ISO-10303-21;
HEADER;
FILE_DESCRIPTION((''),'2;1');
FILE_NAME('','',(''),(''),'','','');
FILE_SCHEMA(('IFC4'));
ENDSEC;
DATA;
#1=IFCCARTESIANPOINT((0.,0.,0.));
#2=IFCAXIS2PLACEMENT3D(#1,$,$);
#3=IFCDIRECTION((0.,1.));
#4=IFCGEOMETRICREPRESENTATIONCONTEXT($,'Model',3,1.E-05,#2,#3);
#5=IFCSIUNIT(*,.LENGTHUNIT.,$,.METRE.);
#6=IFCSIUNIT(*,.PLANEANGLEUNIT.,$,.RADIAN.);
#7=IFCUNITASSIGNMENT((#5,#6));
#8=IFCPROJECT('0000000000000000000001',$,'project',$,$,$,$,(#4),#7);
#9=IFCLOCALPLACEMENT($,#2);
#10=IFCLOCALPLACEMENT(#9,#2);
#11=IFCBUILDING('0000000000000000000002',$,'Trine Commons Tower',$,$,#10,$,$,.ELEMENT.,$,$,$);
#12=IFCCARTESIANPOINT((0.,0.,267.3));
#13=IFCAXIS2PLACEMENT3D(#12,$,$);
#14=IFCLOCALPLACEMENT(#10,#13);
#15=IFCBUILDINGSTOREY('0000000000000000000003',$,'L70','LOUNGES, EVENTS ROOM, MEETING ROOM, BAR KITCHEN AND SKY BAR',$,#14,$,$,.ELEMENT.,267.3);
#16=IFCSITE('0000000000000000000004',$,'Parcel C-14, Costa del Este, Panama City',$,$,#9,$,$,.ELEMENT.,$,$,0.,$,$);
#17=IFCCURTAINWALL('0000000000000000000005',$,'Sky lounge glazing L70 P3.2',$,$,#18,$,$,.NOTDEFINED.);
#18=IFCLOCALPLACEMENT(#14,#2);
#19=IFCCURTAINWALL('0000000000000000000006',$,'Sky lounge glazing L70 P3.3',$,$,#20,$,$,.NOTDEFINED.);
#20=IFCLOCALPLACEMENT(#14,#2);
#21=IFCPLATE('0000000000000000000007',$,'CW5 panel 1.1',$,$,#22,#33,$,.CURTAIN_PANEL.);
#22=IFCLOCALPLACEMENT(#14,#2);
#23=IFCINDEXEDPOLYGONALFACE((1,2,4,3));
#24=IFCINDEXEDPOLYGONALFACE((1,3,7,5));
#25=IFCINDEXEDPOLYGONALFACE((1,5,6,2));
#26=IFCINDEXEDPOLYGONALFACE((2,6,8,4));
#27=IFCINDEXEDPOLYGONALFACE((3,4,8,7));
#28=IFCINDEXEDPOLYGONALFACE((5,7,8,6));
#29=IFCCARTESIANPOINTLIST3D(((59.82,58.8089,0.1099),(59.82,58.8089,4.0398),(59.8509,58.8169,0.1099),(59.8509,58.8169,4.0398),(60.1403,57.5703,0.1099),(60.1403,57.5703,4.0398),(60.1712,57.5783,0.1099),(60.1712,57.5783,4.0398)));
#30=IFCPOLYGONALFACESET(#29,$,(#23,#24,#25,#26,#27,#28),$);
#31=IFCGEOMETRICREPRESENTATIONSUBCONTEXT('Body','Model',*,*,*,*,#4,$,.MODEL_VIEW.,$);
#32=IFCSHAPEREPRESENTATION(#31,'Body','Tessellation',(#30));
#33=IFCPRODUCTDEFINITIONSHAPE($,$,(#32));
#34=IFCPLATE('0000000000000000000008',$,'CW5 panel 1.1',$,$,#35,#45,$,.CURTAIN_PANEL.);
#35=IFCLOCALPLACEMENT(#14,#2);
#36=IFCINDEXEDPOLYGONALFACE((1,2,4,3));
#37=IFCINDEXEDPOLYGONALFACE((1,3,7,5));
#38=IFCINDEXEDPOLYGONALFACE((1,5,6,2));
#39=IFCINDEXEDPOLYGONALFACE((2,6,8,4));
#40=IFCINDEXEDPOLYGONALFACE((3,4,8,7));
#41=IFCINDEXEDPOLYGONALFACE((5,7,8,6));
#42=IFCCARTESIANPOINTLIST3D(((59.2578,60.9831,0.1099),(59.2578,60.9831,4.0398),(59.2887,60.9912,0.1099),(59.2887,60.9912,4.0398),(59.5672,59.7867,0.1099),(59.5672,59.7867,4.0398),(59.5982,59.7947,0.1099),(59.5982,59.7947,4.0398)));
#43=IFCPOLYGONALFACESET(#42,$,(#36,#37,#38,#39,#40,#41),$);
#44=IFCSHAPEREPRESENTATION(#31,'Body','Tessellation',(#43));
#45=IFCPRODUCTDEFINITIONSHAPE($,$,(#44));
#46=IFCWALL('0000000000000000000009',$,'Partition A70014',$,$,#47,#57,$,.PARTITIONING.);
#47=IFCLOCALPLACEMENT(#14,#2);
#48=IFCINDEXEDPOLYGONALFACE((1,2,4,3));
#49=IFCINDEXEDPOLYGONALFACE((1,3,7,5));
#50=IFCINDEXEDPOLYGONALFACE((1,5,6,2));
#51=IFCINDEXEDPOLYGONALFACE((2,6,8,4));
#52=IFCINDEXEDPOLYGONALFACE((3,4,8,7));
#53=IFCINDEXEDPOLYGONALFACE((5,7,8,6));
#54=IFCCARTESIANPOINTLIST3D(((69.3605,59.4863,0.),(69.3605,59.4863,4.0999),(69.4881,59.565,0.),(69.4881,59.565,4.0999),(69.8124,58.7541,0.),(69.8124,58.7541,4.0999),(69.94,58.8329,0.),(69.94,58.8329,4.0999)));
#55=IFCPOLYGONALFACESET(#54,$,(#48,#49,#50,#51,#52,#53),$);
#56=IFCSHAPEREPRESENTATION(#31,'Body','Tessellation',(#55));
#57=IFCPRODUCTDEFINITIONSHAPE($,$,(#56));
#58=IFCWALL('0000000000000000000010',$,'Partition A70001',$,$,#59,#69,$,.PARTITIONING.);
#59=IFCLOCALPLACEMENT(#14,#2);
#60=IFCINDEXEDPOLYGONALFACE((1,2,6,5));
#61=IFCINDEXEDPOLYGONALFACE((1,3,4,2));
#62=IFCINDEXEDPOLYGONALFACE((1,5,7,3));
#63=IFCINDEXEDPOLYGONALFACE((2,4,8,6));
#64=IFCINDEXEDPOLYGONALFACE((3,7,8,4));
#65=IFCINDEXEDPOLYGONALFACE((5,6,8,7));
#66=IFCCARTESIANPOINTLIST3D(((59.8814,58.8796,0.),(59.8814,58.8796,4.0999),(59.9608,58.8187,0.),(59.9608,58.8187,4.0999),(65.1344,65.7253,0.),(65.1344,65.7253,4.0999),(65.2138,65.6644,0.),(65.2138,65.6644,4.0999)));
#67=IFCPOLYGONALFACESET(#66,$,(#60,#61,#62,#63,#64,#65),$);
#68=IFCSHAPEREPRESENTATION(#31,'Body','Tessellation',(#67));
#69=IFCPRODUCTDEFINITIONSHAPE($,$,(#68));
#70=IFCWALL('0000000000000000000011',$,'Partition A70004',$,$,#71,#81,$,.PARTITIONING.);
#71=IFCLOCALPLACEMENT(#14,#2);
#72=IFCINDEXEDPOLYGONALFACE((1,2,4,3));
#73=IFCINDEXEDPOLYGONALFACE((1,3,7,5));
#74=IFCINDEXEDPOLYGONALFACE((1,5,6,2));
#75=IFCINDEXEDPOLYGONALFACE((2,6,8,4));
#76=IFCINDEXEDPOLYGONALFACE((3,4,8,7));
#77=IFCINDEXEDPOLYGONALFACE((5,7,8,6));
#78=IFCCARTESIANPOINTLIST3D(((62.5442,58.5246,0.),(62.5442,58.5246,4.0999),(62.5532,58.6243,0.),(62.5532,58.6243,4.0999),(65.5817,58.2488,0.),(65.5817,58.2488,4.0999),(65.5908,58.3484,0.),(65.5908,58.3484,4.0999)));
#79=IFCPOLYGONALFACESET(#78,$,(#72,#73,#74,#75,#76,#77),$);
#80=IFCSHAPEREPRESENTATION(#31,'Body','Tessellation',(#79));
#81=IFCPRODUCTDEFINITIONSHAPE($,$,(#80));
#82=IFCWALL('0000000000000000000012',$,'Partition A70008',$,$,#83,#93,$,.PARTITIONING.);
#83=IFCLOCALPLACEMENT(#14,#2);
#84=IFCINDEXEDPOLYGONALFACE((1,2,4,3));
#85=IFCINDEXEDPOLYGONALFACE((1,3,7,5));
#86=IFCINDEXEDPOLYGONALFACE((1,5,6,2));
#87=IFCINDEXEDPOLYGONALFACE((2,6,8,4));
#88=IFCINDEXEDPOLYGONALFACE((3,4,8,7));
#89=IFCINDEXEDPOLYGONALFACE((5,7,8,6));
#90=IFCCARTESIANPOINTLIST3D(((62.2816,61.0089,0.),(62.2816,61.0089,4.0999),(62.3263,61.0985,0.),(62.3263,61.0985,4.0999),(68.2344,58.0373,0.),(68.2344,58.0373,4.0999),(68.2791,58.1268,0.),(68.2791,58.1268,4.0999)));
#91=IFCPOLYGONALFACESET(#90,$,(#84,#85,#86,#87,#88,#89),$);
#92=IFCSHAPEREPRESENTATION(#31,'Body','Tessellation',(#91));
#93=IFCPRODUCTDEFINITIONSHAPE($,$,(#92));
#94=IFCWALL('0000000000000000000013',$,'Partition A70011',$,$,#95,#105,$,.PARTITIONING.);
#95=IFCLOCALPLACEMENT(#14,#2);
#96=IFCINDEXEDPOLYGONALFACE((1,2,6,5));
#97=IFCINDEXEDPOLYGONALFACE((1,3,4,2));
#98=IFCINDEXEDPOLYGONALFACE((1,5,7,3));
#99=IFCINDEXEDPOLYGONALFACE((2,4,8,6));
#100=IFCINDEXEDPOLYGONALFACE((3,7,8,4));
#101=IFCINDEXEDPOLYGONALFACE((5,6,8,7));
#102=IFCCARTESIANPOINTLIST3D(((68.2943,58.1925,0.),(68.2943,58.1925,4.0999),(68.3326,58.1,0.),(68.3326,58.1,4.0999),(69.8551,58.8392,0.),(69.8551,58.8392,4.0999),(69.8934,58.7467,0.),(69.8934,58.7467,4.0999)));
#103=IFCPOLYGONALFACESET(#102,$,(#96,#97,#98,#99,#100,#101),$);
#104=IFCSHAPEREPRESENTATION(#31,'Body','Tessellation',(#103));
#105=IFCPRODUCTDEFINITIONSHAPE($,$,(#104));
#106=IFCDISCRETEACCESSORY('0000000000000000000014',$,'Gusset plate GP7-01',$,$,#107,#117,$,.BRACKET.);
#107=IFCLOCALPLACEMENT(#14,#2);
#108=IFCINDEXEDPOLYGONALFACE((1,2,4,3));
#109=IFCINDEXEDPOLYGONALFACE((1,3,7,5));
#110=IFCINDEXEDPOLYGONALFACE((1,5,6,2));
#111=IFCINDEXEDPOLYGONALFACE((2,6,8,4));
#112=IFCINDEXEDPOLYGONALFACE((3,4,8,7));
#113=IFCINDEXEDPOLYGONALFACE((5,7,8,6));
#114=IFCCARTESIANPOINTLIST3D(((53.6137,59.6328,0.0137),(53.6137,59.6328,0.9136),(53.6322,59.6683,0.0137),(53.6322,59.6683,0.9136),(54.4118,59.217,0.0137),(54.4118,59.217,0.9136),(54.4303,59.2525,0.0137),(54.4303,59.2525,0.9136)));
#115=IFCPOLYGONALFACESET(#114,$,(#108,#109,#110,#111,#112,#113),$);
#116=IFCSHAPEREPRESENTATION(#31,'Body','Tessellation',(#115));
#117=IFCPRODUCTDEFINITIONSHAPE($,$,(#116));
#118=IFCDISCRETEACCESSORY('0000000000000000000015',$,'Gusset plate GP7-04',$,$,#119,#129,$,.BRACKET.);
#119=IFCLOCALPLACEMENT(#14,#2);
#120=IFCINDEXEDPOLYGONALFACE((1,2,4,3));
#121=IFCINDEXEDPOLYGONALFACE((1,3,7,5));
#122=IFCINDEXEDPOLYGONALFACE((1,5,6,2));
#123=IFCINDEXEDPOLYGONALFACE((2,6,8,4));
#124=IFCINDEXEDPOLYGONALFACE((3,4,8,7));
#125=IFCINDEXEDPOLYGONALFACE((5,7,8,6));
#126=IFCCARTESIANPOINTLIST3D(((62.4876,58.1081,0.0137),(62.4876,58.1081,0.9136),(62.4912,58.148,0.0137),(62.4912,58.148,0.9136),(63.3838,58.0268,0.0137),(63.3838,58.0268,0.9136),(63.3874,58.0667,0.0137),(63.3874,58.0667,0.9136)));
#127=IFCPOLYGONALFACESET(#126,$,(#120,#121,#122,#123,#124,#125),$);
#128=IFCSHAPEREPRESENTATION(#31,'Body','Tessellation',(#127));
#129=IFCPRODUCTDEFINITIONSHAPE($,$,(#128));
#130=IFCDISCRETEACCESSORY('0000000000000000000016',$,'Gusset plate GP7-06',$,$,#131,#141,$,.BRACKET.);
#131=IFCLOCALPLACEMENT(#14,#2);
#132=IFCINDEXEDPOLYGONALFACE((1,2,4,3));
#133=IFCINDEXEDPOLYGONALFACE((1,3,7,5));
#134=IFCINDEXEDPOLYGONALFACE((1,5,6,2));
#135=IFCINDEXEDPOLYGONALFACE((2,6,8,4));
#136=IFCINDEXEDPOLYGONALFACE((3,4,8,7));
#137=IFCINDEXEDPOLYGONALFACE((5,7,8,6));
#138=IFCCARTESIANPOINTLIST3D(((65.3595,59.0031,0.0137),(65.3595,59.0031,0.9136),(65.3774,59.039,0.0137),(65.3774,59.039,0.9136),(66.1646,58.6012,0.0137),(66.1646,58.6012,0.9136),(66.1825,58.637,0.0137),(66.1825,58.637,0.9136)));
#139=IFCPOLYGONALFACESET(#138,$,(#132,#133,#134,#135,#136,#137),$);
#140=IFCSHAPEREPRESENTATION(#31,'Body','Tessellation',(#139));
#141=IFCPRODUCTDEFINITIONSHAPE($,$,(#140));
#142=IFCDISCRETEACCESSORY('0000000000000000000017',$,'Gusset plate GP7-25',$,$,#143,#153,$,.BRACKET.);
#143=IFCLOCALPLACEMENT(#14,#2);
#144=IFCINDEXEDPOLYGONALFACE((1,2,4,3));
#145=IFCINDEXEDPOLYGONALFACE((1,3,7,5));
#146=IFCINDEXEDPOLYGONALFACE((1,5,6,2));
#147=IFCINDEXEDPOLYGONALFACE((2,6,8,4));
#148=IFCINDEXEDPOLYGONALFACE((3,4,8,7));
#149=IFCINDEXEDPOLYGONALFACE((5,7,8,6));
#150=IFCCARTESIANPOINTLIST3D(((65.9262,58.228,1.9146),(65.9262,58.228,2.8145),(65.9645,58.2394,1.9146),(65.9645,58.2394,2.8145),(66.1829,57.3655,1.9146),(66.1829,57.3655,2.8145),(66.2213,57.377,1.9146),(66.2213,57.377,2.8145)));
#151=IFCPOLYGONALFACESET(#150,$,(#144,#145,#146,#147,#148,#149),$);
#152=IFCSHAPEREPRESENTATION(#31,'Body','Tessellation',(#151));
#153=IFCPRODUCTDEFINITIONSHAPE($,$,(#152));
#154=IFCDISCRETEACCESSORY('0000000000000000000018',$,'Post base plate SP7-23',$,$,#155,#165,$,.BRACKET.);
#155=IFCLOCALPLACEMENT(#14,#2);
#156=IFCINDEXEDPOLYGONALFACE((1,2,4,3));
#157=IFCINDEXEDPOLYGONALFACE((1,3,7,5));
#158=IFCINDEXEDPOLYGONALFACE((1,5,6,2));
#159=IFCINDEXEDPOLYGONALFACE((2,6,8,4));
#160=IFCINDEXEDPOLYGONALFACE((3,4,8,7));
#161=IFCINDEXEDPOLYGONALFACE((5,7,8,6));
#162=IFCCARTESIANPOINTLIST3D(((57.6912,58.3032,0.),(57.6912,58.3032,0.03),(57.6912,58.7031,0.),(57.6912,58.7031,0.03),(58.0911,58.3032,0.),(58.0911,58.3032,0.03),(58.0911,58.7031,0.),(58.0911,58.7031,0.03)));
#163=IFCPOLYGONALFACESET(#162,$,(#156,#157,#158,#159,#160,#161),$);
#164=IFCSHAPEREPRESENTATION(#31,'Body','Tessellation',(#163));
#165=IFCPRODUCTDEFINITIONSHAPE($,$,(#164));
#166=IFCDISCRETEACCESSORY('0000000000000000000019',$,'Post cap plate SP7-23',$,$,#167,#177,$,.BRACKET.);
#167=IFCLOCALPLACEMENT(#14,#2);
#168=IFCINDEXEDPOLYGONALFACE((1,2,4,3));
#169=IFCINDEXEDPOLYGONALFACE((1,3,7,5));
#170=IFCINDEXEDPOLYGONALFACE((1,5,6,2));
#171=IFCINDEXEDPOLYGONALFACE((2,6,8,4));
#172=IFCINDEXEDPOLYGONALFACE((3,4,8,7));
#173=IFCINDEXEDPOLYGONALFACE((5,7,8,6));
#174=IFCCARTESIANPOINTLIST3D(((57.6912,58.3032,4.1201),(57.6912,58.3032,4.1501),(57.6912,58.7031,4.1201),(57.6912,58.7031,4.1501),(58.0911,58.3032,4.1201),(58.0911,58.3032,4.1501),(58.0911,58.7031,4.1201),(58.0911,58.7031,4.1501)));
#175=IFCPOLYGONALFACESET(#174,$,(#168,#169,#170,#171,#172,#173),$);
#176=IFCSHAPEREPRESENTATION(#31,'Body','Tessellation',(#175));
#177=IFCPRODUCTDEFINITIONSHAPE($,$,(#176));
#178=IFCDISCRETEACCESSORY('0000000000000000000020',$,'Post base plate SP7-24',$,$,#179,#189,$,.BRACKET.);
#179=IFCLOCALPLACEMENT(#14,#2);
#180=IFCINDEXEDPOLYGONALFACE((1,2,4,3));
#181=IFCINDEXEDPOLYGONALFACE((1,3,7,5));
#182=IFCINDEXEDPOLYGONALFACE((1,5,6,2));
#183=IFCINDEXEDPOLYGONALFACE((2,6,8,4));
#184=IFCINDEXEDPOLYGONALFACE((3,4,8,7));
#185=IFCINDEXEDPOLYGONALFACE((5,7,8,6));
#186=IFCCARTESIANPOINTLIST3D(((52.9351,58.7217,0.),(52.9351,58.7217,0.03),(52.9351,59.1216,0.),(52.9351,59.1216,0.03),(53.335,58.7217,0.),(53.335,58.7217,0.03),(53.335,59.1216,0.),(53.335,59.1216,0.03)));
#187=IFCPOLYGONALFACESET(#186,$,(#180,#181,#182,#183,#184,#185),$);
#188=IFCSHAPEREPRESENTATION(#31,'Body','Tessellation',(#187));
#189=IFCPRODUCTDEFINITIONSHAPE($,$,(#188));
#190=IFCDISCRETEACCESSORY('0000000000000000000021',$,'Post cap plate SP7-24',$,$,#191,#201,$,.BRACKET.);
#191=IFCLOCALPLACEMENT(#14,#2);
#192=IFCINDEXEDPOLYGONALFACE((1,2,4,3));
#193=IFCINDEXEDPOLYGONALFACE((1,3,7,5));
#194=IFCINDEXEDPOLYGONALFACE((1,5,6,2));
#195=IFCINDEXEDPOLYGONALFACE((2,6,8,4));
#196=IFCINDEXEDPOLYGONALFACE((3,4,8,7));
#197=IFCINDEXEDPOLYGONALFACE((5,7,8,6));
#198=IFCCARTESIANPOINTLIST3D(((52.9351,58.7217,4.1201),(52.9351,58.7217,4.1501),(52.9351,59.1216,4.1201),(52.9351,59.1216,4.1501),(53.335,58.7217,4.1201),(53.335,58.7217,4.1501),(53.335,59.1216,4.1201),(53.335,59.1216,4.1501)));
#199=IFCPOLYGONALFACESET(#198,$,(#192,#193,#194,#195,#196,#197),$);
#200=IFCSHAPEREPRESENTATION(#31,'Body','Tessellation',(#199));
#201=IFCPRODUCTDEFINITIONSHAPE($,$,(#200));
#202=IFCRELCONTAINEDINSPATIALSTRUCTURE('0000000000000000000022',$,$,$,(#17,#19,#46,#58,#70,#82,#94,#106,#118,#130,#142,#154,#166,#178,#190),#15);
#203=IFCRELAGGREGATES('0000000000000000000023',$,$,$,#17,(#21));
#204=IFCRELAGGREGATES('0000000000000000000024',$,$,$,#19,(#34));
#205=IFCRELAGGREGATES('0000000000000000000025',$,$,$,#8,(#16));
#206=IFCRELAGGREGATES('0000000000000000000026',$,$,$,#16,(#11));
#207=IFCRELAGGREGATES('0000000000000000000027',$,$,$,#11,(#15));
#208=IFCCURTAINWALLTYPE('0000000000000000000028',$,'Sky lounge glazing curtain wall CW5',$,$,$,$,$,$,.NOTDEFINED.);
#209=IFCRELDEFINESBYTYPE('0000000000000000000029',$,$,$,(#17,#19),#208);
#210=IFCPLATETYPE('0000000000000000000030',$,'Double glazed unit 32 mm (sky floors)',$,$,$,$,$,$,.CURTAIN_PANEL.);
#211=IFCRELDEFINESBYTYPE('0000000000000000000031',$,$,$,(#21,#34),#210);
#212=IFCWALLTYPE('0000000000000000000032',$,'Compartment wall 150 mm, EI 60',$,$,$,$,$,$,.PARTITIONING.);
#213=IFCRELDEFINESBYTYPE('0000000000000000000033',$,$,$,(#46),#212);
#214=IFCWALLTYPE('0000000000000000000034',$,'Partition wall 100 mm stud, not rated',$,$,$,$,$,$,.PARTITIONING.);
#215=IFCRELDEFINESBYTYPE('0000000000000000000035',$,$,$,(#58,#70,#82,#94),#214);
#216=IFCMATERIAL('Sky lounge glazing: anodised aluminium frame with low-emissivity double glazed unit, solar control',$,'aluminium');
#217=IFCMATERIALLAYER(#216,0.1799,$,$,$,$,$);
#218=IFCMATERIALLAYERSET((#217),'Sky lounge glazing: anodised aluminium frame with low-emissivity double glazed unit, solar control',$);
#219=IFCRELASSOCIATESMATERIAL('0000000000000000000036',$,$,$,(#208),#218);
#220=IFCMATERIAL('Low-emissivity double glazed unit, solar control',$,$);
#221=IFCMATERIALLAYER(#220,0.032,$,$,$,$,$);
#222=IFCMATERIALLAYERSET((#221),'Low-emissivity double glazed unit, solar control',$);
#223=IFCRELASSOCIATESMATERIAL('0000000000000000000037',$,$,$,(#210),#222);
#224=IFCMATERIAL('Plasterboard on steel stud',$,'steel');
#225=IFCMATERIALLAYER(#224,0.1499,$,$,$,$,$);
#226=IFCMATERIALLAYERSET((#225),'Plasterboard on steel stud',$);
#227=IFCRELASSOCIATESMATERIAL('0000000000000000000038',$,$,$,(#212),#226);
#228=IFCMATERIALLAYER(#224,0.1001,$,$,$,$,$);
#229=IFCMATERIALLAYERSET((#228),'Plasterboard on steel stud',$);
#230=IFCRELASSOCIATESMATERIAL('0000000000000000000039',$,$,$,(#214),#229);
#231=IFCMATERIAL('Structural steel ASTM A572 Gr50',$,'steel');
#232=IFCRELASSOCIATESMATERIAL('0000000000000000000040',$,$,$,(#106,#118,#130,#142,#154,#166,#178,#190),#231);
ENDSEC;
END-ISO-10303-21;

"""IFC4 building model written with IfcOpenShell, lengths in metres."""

from ifc_helpers import new_model, si_unit, direction, frame, frame_2d, origin, origin_2d, place, context, subcontext, project, spatial, rectangle, extrude, material, layer, layer_set, type_object, element, aggregate, save


model = new_model("IFC4")

# Units and contexts
model_context = context("Model", 3, precision=1e-05, world=origin(), true_north=direction((0.0, 1.0)))
body_context = subcontext(model_context, "Body", "Model", "MODEL_VIEW")
ifc_project = project(units=[si_unit("LENGTHUNIT", "METRE"), si_unit("PLANEANGLEUNIT", "RADIAN")], contexts=[model_context])

# Site, building, storey
site_placement = place(None, origin())
site = spatial("IfcSite", under=ifc_project, at=site_placement, Name="Parcel C-14, Costa del Este, Panama City", CompositionType="ELEMENT", RefElevation=0.0)
building_placement = place(site_placement, origin())
building = spatial("IfcBuilding", under=site, at=building_placement, Name="Trine Commons Tower", CompositionType="ELEMENT")
storey_placement = place(building_placement, frame((0.0, 0.0, 267.3)))
storey = spatial("IfcBuildingStorey", under=building, at=storey_placement, Name="L70", Description="LOUNGES, EVENTS ROOM, MEETING ROOM, BAR KITCHEN AND SKY BAR", CompositionType="ELEMENT", Elevation=267.3)

# Curtain wall
ifc_material_1 = material(Name="Sky lounge glazing: anodised aluminium frame with low-emissivity double glazed unit, solar control", Category="aluminium")
ifc_layer_1 = layer(ifc_material_1, 0.1799)
ifc_layer_set_1 = layer_set([ifc_layer_1], Name="Sky lounge glazing: anodised aluminium frame with low-emissivity double glazed unit, solar control")
curtain_wall_type = type_object("IfcCurtainWallType", Name="Sky lounge glazing curtain wall CW5", PredefinedType="NOTDEFINED", material=ifc_layer_set_1)
curtain_wall_1_placement = place(storey_placement, origin())
curtain_wall_1 = element("IfcCurtainWall", 1, at=curtain_wall_1_placement, inside=storey, type_object=curtain_wall_type, Name="Sky lounge glazing L70 P3.2", PredefinedType="NOTDEFINED")

# Curtain wall
curtain_wall_2_placement = place(storey_placement, origin())
curtain_wall_2 = element("IfcCurtainWall", 2, at=curtain_wall_2_placement, inside=storey, type_object=curtain_wall_type, Name="Sky lounge glazing L70 P3.3", PredefinedType="NOTDEFINED")

# Plates
ifc_material_2 = material(Name="Low-emissivity double glazed unit, solar control")
ifc_layer_2 = layer(ifc_material_2, 0.032)
ifc_layer_set_2 = layer_set([ifc_layer_2], Name="Low-emissivity double glazed unit, solar control")
plate_type = type_object("IfcPlateType", Name="Double glazed unit 32 mm (sky floors)", PredefinedType="CURTAIN_PANEL", material=ifc_layer_set_2)
plate_1_placement = place(storey_placement, frame((59.9956, 58.1936, 0.1099), z_axis=(0.0, 0.0, 1.0), x_axis=(-0.25038, 0.968148, 0.0)))
plate_1 = element("IfcPlate", 3, at=plate_1_placement, type_object=plate_type, Name="CW5 panel 1.1", PredefinedType="CURTAIN_PANEL", context=body_context, shape_type="SweptSolid", body=[
    extrude(rectangle(XDim=1.2793, YDim=0.032, at=origin_2d()), origin(), (0.0, 0.0, 1.0), 3.9299),
])
aggregate(curtain_wall_1, [plate_1])
plate_2_placement = place(storey_placement, frame((59.428, 60.3889, 0.1099), z_axis=(0.0, 0.0, 1.0), x_axis=(-0.25038, 0.968148, 0.0)))
plate_2 = element("IfcPlate", 4, at=plate_2_placement, type_object=plate_type, Name="CW5 panel 1.1", PredefinedType="CURTAIN_PANEL", context=body_context, shape_type="SweptSolid", body=[
    extrude(rectangle(XDim=1.2358, YDim=0.032, at=origin_2d()), origin(), (0.0, 0.0, 1.0), 3.9299),
])
aggregate(curtain_wall_2, [plate_2])

# Walls
ifc_material_3 = material(Name="Plasterboard on steel stud", Category="steel")
ifc_layer_3 = layer(ifc_material_3, 0.1499)
ifc_layer_set_3 = layer_set([ifc_layer_3], Name="Plasterboard on steel stud")
wall_type_1 = type_object("IfcWallType", Name="Compartment wall 150 mm, EI 60", PredefinedType="PARTITIONING", material=ifc_layer_set_3)
wall_1_placement = place(storey_placement, frame((69.4243, 59.5256, 0.0), z_axis=(0.0, 0.0, 1.0), x_axis=(0.525221, -0.850966, 0.0)))
element("IfcWall", 5, at=wall_1_placement, inside=storey, type_object=wall_type_1, Name="Partition A70014", PredefinedType="PARTITIONING", context=body_context, shape_type="SweptSolid", body=[
    extrude(rectangle(XDim=0.8604, YDim=0.1499, at=frame_2d((0.4302, 0.0))), origin(), (0.0, 0.0, 1.0), 4.0999),
])
ifc_layer_4 = layer(ifc_material_3, 0.1001)
ifc_layer_set_4 = layer_set([ifc_layer_4], Name="Plasterboard on steel stud")
wall_type_2 = type_object("IfcWallType", Name="Partition wall 100 mm stud, not rated", PredefinedType="PARTITIONING", material=ifc_layer_set_4)
wall_2_placement = place(storey_placement, frame((59.9211, 58.8491, 0.0), z_axis=(0.0, 0.0, 1.0), x_axis=(0.608764, 0.793351, 0.0)))
element("IfcWall", 6, at=wall_2_placement, inside=storey, type_object=wall_type_2, Name="Partition A70001", PredefinedType="PARTITIONING", context=body_context, shape_type="SweptSolid", body=[
    extrude(rectangle(XDim=8.6289, YDim=0.1001, at=frame_2d((4.3145, 0.0))), origin(), (0.0, 0.0, 1.0), 4.0999),
])
wall_3_placement = place(storey_placement, frame((62.5488, 58.5745, 0.0), z_axis=(0.0, 0.0, 1.0), x_axis=(0.995901, -0.090449, 0.0)))
element("IfcWall", 7, at=wall_3_placement, inside=storey, type_object=wall_type_2, Name="Partition A70004", PredefinedType="PARTITIONING", context=body_context, shape_type="SweptSolid", body=[
    extrude(rectangle(XDim=3.05, YDim=0.1001, at=frame_2d((1.5249, 0.0))), origin(), (0.0, 0.0, 1.0), 4.0999),
])
wall_4_placement = place(storey_placement, frame((62.304, 61.0537, 0.0), z_axis=(0.0, 0.0, 1.0), x_axis=(0.894713, -0.446641, 0.0)))
element("IfcWall", 8, at=wall_4_placement, inside=storey, type_object=wall_type_2, Name="Partition A70008", PredefinedType="PARTITIONING", context=body_context, shape_type="SweptSolid", body=[
    extrude(rectangle(XDim=6.6533, YDim=0.1001, at=frame_2d((3.3267, 0.0))), origin(), (0.0, 0.0, 1.0), 4.0999),
])
wall_5_placement = place(storey_placement, frame((68.3135, 58.1462, 0.0), z_axis=(0.0, 0.0, 1.0), x_axis=(0.923832, 0.382798, 0.0)))
element("IfcWall", 9, at=wall_5_placement, inside=storey, type_object=wall_type_2, Name="Partition A70011", PredefinedType="PARTITIONING", context=body_context, shape_type="SweptSolid", body=[
    extrude(rectangle(XDim=1.6895, YDim=0.1001, at=frame_2d((0.8447, 0.0))), origin(), (0.0, 0.0, 1.0), 4.0999),
])

# Discrete accessories
ifc_material_4 = material(Name="Structural steel ASTM A572 Gr50", Category="steel")
for number, where, z_axis, x_axis, name in (
    (10, (54.022, 59.4426, 0.0137), (0.0, 0.0, 1.0), (0.886866, -0.462027, 0.0), "Gusset plate GP7-01"),
    (11, (62.9375, 58.0874, 0.0137), (0.0, 0.0, 1.0), (0.995905, -0.090407, 0.0), "Gusset plate GP7-04"),
    (12, (65.771, 58.8201, 0.0137), (0.0, 0.0, 1.0), (0.894708, -0.446651, 0.0), "Gusset plate GP7-06"),
    (13, (66.0737, 57.8025, 1.9146), (0.0, 0.0, 1.0), (0.28532, -0.958432, 0.0), "Gusset plate GP7-25"),
):
    element("IfcDiscreteAccessory", number, at=place(storey_placement, frame(where, z_axis=z_axis, x_axis=x_axis)), inside=storey, material=ifc_material_4, Name=name, PredefinedType="BRACKET", context=body_context, shape_type="SweptSolid", body=[
        extrude(rectangle(XDim=0.8999, YDim=0.04, at=origin_2d()), origin(), (0.0, 0.0, 1.0), 0.8999),
    ])
for number, where, z_axis, x_axis, name in (
    (14, (57.8911, 58.5032, 0.0), (0.0, 0.0, 1.0), (1.0, 0.0, 0.0), "Post base plate SP7-23"),
    (15, (57.8911, 58.5032, 4.1201), (0.0, 0.0, 1.0), (1.0, 0.0, 0.0), "Post cap plate SP7-23"),
    (16, (53.135, 58.9216, 0.0), (0.0, 0.0, 1.0), (1.0, 0.0, 0.0), "Post base plate SP7-24"),
    (17, (53.135, 58.9216, 4.1201), (0.0, 0.0, 1.0), (1.0, 0.0, 0.0), "Post cap plate SP7-24"),
):
    element("IfcDiscreteAccessory", number, at=place(storey_placement, frame(where, z_axis=z_axis, x_axis=x_axis)), inside=storey, material=ifc_material_4, Name=name, PredefinedType="BRACKET", context=body_context, shape_type="SweptSolid", body=[
        extrude(rectangle(XDim=0.3999, YDim=0.3999, at=origin_2d()), origin(), (0.0, 0.0, 1.0), 0.03),
    ])

save(model, "model.ifc")
